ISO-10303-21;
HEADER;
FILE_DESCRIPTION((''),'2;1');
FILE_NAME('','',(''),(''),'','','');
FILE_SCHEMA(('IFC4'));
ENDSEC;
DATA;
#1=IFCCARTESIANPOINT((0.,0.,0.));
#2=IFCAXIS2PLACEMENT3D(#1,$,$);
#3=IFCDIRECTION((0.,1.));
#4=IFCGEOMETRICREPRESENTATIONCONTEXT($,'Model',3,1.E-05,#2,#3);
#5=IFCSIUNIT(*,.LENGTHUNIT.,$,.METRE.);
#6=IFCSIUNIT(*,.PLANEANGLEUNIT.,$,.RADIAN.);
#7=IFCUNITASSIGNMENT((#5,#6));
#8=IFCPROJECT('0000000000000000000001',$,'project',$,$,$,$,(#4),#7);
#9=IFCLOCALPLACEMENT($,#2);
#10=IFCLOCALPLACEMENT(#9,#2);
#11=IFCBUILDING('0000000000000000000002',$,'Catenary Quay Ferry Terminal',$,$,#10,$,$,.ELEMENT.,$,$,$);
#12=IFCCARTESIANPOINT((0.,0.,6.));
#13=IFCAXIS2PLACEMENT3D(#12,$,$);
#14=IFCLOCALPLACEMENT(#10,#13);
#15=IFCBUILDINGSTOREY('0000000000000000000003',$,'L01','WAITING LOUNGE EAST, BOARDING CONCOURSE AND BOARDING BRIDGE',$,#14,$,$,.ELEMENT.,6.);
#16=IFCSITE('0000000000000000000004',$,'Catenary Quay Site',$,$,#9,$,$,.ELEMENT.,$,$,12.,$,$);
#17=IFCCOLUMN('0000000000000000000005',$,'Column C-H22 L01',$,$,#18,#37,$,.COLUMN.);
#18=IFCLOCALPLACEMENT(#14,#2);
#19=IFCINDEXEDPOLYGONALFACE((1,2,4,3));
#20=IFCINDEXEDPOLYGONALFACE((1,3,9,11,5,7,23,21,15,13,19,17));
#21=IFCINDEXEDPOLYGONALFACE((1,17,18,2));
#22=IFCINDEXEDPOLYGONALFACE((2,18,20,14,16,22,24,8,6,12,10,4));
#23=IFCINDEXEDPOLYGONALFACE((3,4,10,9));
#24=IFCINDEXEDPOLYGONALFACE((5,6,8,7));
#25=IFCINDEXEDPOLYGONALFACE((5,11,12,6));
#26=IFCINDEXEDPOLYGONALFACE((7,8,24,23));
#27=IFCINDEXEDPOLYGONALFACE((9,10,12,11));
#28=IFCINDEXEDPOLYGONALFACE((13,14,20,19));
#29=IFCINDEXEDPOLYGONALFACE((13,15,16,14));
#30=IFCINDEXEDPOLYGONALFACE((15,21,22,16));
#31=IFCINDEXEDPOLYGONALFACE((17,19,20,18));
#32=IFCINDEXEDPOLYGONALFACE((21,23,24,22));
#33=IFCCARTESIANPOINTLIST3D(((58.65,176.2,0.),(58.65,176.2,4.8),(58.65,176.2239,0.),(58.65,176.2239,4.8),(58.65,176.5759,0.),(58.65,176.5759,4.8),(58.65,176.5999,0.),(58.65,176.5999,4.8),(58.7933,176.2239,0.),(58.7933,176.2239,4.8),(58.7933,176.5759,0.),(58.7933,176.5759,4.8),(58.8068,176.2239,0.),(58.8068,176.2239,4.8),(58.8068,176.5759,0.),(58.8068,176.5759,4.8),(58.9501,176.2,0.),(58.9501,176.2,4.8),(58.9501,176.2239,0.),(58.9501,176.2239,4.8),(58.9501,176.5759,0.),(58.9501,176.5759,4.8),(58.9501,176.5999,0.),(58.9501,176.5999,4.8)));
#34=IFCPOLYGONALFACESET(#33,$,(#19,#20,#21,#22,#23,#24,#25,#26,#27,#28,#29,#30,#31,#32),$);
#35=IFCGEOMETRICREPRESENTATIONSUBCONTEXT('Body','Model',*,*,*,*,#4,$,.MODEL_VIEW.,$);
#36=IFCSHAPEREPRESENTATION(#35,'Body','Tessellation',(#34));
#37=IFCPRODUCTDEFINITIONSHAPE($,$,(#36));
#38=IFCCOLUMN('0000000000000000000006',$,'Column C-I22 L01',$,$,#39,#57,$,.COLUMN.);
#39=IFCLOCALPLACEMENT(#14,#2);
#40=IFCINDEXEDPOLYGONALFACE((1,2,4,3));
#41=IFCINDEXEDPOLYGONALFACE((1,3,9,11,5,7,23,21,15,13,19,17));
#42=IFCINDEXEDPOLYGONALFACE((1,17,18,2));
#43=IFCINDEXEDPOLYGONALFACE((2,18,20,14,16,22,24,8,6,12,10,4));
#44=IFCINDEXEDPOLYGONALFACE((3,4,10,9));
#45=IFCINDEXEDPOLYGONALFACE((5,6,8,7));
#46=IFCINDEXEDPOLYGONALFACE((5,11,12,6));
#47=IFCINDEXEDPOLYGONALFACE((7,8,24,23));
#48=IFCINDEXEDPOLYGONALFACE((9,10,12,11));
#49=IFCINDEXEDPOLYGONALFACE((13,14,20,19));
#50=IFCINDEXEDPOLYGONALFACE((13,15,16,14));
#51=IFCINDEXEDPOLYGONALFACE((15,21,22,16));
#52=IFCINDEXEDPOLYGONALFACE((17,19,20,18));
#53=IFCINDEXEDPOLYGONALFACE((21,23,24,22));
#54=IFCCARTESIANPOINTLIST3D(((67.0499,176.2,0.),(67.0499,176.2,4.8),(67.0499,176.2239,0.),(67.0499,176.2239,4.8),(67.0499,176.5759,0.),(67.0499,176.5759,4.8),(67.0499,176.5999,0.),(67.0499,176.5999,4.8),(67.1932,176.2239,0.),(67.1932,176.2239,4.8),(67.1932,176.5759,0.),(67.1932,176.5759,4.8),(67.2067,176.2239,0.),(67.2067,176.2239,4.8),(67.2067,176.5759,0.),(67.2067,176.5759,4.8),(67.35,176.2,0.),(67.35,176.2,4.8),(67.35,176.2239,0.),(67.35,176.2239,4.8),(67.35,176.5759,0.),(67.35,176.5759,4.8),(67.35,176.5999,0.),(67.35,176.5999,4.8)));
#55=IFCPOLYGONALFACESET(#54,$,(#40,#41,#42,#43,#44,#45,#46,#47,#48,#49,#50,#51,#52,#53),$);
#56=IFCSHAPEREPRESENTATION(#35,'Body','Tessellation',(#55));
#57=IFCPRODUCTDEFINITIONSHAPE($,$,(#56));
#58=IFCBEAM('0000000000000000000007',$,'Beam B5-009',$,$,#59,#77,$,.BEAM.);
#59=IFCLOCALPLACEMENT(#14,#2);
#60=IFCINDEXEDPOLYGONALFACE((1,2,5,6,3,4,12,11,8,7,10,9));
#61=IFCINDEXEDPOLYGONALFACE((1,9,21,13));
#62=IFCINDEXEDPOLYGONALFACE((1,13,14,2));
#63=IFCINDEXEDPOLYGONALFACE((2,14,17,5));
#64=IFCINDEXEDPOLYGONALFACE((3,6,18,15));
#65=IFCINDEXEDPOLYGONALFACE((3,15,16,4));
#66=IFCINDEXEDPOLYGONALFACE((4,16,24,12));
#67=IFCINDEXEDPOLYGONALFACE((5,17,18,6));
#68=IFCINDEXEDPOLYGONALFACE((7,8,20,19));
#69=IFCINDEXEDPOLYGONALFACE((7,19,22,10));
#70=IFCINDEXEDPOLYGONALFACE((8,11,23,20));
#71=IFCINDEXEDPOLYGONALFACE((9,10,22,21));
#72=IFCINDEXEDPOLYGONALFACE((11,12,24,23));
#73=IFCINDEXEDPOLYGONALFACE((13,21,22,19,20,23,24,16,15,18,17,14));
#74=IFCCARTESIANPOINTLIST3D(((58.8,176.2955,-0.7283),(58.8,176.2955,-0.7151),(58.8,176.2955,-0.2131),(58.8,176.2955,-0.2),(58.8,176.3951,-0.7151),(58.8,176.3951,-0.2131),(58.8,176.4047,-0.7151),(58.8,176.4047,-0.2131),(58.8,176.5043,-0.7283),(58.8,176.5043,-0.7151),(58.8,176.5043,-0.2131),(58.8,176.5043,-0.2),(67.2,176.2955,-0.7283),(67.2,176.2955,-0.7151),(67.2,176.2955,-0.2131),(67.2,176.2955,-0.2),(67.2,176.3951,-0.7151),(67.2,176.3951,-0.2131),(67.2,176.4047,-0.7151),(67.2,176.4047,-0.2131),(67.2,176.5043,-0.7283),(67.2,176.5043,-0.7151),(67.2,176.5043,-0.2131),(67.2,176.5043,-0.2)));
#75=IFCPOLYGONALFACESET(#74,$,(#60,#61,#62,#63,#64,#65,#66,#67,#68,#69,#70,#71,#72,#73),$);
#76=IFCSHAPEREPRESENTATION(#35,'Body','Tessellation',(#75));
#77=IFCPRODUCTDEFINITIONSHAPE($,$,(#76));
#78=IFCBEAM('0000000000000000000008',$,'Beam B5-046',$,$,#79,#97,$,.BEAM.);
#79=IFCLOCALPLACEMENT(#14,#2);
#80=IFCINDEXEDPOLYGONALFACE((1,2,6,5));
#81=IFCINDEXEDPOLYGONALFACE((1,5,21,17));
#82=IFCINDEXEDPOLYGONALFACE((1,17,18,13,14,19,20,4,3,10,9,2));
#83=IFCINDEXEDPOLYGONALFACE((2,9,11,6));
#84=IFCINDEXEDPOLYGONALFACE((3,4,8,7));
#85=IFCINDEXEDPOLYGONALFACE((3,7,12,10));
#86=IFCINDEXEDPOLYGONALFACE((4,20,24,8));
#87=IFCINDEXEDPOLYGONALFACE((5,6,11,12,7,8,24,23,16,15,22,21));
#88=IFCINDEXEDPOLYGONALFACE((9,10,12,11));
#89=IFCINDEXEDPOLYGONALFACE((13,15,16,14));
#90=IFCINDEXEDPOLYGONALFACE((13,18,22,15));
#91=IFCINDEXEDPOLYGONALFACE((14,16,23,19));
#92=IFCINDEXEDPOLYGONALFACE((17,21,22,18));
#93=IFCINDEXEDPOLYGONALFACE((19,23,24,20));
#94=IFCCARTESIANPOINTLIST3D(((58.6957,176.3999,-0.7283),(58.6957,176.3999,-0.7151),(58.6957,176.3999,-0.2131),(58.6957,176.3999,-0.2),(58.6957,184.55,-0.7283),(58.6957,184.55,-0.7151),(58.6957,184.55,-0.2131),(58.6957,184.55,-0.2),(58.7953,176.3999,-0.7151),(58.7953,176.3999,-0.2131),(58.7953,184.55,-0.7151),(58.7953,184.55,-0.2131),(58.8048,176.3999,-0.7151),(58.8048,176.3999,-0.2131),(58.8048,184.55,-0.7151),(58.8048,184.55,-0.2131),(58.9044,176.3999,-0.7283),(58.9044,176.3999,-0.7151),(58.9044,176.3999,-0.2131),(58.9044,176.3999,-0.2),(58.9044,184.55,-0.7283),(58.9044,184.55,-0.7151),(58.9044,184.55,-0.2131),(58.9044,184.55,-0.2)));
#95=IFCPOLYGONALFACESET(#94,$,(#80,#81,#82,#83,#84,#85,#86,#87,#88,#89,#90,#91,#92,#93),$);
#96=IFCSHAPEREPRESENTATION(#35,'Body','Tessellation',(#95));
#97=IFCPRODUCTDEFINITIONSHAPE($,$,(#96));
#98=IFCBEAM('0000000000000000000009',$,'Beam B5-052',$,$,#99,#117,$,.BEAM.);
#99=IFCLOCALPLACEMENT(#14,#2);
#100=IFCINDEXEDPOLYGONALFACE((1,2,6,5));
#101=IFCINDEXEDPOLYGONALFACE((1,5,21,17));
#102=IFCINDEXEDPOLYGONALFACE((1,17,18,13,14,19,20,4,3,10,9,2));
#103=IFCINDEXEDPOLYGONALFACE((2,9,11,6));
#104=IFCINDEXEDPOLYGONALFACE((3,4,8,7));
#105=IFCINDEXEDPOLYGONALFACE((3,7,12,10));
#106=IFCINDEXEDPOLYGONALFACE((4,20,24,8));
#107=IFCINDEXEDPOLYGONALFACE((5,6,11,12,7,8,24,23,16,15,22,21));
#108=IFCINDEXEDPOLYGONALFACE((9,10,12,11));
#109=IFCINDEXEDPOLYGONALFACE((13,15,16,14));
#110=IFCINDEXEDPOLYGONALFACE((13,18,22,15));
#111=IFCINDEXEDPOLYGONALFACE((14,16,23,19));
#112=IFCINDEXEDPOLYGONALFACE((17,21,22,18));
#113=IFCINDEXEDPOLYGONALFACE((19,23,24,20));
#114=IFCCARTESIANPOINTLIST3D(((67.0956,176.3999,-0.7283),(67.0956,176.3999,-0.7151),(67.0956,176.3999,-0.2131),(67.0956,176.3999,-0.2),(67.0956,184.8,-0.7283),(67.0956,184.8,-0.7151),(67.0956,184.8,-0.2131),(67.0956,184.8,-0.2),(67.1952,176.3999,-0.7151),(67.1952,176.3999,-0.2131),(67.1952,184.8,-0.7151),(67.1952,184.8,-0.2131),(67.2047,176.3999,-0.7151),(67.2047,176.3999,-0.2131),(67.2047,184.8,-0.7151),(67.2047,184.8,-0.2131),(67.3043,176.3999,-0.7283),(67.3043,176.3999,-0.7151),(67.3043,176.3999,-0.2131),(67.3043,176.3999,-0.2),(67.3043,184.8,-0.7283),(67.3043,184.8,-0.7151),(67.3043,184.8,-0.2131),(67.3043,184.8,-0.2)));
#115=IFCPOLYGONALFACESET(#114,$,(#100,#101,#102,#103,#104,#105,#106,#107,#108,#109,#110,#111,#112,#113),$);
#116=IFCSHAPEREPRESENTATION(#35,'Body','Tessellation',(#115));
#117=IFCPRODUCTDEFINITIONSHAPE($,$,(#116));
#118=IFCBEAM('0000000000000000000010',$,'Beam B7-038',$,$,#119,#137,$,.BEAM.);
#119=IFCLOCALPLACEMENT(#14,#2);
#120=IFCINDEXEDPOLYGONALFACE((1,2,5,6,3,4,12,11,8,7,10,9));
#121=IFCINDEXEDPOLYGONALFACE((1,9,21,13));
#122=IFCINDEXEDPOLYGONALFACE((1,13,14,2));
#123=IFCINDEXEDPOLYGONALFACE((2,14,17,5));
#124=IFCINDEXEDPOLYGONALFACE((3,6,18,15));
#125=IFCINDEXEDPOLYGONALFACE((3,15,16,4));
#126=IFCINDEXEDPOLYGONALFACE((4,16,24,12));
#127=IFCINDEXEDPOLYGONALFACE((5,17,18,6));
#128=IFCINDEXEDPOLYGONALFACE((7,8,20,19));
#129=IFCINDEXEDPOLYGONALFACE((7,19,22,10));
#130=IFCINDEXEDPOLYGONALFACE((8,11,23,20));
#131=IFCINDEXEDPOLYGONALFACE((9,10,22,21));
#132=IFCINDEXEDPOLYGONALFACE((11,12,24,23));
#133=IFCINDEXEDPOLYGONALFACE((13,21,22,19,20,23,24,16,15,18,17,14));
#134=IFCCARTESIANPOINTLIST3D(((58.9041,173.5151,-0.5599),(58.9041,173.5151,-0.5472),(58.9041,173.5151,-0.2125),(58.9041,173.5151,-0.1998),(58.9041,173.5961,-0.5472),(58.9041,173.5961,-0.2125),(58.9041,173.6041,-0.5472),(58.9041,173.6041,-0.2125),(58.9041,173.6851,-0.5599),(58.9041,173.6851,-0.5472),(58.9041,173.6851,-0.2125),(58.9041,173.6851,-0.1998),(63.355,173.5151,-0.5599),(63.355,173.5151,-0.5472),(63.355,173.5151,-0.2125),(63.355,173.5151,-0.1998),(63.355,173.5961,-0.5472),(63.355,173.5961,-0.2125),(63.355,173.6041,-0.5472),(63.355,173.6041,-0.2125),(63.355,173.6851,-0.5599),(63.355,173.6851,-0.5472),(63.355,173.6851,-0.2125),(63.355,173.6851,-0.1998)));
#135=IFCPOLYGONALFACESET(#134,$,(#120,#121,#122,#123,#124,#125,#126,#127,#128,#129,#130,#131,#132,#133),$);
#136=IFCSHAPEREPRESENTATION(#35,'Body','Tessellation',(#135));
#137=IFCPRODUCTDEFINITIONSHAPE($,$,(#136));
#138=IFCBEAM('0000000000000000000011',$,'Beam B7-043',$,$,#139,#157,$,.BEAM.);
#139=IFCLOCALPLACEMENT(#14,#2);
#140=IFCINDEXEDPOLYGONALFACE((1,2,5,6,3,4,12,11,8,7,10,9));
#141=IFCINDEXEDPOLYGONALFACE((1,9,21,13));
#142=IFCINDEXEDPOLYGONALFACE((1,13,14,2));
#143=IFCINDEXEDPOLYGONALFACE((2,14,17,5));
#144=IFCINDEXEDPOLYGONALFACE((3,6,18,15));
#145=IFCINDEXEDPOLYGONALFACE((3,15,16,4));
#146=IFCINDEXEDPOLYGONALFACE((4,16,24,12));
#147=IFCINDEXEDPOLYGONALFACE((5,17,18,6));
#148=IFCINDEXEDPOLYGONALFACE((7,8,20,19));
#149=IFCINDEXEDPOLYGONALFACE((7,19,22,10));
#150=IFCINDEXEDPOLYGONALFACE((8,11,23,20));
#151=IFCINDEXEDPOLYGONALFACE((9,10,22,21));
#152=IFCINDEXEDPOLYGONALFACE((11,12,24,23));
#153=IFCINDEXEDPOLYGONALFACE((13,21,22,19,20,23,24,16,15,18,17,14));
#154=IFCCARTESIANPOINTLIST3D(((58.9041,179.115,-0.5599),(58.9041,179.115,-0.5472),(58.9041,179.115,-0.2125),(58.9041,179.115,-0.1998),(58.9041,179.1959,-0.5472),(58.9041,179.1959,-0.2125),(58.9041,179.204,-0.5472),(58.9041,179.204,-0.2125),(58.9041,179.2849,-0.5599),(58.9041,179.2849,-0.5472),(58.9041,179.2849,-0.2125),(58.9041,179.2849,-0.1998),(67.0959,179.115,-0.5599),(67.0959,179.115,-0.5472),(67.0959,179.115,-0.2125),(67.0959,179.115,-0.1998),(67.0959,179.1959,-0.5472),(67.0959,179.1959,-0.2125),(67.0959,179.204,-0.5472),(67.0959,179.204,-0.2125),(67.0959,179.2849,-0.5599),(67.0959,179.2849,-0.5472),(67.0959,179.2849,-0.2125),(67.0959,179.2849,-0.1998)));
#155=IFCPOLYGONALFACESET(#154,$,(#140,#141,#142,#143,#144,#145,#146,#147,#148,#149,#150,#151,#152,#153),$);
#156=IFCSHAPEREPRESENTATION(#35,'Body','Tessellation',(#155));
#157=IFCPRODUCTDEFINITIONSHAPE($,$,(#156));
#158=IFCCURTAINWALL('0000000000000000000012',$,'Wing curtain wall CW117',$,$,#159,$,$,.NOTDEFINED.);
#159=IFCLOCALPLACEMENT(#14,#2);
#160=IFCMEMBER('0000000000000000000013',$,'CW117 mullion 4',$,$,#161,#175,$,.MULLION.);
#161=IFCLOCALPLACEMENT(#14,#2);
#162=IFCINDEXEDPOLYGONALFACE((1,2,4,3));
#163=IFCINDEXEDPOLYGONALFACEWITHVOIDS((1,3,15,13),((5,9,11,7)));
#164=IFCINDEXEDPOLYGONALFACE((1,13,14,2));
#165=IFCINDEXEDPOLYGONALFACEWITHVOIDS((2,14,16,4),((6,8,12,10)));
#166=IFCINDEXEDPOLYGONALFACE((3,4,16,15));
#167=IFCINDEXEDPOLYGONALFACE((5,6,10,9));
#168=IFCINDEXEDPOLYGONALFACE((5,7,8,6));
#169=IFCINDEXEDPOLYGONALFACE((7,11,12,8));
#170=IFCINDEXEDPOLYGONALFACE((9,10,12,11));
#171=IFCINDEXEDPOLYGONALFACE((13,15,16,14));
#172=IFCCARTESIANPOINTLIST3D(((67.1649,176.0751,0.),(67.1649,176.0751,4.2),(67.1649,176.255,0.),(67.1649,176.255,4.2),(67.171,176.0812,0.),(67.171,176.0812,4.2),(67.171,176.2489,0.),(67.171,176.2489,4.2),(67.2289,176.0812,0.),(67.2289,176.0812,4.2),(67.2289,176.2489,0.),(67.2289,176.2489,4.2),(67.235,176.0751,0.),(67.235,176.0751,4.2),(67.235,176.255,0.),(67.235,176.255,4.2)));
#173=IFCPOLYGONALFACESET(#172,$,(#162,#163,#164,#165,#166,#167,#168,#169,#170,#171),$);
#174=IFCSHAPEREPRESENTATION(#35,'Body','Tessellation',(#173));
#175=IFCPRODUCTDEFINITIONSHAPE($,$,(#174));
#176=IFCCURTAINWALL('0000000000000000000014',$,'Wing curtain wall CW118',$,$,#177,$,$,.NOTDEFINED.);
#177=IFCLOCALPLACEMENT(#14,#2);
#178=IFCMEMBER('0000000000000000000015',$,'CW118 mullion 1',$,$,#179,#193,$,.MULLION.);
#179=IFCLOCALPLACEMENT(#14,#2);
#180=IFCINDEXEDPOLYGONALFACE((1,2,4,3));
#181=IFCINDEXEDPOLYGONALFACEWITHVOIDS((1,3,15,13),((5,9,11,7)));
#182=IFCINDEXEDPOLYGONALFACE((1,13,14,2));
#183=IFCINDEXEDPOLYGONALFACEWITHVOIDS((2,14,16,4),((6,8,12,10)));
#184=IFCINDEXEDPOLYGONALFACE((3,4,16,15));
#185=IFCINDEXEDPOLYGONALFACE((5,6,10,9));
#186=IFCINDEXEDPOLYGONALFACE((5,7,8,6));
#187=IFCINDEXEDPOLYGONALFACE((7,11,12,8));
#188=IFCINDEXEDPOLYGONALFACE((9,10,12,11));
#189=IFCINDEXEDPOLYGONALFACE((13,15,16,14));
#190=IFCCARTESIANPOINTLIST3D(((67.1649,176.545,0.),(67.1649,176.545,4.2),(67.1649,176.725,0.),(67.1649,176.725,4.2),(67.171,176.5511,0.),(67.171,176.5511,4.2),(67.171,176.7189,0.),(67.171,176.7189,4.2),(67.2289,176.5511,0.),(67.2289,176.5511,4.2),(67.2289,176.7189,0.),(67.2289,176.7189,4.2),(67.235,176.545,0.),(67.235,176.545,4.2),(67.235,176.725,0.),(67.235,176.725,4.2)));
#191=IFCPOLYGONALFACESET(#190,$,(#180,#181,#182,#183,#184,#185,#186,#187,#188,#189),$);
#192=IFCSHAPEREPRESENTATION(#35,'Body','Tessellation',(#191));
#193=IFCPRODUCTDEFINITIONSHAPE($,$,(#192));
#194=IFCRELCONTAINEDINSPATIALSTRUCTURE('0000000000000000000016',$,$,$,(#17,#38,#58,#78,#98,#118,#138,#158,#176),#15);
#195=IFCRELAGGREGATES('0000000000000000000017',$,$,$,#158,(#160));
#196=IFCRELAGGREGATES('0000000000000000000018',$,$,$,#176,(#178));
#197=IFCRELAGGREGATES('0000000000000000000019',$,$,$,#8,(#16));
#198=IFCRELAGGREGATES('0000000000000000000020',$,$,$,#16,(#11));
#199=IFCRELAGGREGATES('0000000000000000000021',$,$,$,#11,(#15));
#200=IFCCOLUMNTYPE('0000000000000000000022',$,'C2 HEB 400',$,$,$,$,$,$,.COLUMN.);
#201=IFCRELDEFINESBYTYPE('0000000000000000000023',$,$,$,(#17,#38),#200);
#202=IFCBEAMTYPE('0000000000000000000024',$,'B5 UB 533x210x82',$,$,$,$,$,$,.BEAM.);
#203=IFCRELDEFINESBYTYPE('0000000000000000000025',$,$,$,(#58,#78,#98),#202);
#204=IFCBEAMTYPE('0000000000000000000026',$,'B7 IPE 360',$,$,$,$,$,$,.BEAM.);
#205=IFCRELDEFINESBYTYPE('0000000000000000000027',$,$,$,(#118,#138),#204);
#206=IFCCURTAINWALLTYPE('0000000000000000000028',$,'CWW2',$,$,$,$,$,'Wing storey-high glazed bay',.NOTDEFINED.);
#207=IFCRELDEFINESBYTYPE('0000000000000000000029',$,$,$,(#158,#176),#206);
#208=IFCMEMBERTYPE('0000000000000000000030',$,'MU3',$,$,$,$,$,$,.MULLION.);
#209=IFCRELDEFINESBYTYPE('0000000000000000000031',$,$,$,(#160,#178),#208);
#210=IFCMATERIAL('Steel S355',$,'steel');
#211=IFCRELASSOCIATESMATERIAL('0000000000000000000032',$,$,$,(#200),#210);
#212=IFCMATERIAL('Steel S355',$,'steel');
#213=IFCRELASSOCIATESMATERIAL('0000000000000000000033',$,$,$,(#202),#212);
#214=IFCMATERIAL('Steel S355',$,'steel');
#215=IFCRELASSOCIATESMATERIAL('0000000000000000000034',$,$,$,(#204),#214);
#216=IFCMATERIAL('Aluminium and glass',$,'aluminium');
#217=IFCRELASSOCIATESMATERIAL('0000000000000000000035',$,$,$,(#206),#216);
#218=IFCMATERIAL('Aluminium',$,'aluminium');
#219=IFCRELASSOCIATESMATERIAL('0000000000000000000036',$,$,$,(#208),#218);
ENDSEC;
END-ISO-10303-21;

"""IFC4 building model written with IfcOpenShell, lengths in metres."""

from ifc_helpers import new_model, si_unit, direction, frame, origin, origin_2d, place, context, subcontext, project, spatial, hollow_rectangle, i_section, extrude, material, material_profile, profile_set, type_object, element, aggregate, save


model = new_model("IFC4")

# Units and contexts
model_context = context("Model", 3, precision=1e-05, world=origin(), true_north=direction((0.0, 1.0)))
body_context = subcontext(model_context, "Body", "Model", "MODEL_VIEW")
ifc_project = project(units=[si_unit("LENGTHUNIT", "METRE"), si_unit("PLANEANGLEUNIT", "RADIAN")], contexts=[model_context])

# Site, building, storey
site_placement = place(None, origin())
site = spatial("IfcSite", under=ifc_project, at=site_placement, Name="Catenary Quay Site", CompositionType="ELEMENT", RefElevation=12.0)
building_placement = place(site_placement, origin())
building = spatial("IfcBuilding", under=site, at=building_placement, Name="Catenary Quay Ferry Terminal", CompositionType="ELEMENT")
storey_placement = place(building_placement, frame((0.0, 0.0, 6.0)))
storey = spatial("IfcBuildingStorey", under=building, at=storey_placement, Name="L01", Description="WAITING LOUNGE EAST, BOARDING CONCOURSE AND BOARDING BRIDGE", CompositionType="ELEMENT", Elevation=6.0)

# Columns
ifc_material_1 = material(Name="Steel S355", Category="steel")
ifc_material_profile_1 = material_profile(ifc_material_1, i_section(OverallWidth=0.3, OverallDepth=0.3999, WebThickness=0.0134, FlangeThickness=0.0239, at=origin_2d()), Name="HEB 400")
ifc_profile_set_1 = profile_set([ifc_material_profile_1], Name="Steel S355")
column_type = type_object("IfcColumnType", Name="C2 HEB 400", PredefinedType="COLUMN", material=ifc_profile_set_1)
for number, where, z_axis, x_axis, name in (
    (1, (58.8, 176.3999, 0.0), (0.0, 0.0, 1.0), (1.0, 0.0, 0.0), "Column C-H22 L01"),
    (2, (67.2, 176.3999, 0.0), (0.0, 0.0, 1.0), (1.0, 0.0, 0.0), "Column C-I22 L01"),
):
    element("IfcColumn", number, at=place(storey_placement, frame(where, z_axis=z_axis, x_axis=x_axis)), inside=storey, type_object=column_type, Name=name, PredefinedType="COLUMN", context=body_context, shape_type="SweptSolid", body=[
        extrude(i_section(OverallWidth=0.3, OverallDepth=0.3999, WebThickness=0.0134, FlangeThickness=0.0239, at=origin_2d()), origin(), (0.0, 0.0, 1.0), 4.8),
    ])

# Beams
ifc_material_2 = material(Name="Steel S355", Category="steel")
ifc_material_profile_2 = material_profile(ifc_material_2, i_section(OverallWidth=0.2087, OverallDepth=0.5283, WebThickness=0.0095, FlangeThickness=0.0132, at=origin_2d()), Name="UB 533x210x82")
ifc_profile_set_2 = profile_set([ifc_material_profile_2], Name="Steel S355")
beam_type_1 = type_object("IfcBeamType", Name="B5 UB 533x210x82", PredefinedType="BEAM", material=ifc_profile_set_2)
beam_1_placement = place(storey_placement, frame((58.8, 176.3999, -0.4641), z_axis=(1.0, 0.0, 0.0), x_axis=(0.0, 1.0, 0.0)))
element("IfcBeam", 3, at=beam_1_placement, inside=storey, type_object=beam_type_1, Name="Beam B5-009", PredefinedType="BEAM", context=body_context, shape_type="SweptSolid", body=[
    extrude(i_section(OverallWidth=0.2087, OverallDepth=0.5283, WebThickness=0.0095, FlangeThickness=0.0132, at=origin_2d()), origin(), (0.0, 0.0, 1.0), 8.3999),
])
beam_2_placement = place(storey_placement, frame((58.8, 176.3999, -0.4641), z_axis=(0.0, 1.0, 0.0), x_axis=(-1.0, 0.0, 0.0)))
element("IfcBeam", 4, at=beam_2_placement, inside=storey, type_object=beam_type_1, Name="Beam B5-046", PredefinedType="BEAM", context=body_context, shape_type="SweptSolid", body=[
    extrude(i_section(OverallWidth=0.2087, OverallDepth=0.5283, WebThickness=0.0095, FlangeThickness=0.0132, at=origin_2d()), origin(), (0.0, 0.0, 1.0), 8.1501),
])
beam_3_placement = place(storey_placement, frame((67.2, 176.3999, -0.4641), z_axis=(0.0, 1.0, 0.0), x_axis=(-1.0, 0.0, 0.0)))
element("IfcBeam", 5, at=beam_3_placement, inside=storey, type_object=beam_type_1, Name="Beam B5-052", PredefinedType="BEAM", context=body_context, shape_type="SweptSolid", body=[
    extrude(i_section(OverallWidth=0.2087, OverallDepth=0.5283, WebThickness=0.0095, FlangeThickness=0.0132, at=origin_2d()), origin(), (0.0, 0.0, 1.0), 8.4001),
])
ifc_material_3 = material(Name="Steel S355", Category="steel")
ifc_material_profile_3 = material_profile(ifc_material_3, i_section(OverallWidth=0.1699, OverallDepth=0.3601, WebThickness=0.0081, FlangeThickness=0.0127, at=origin_2d()), Name="IPE 360")
ifc_profile_set_3 = profile_set([ifc_material_profile_3], Name="Steel S355")
beam_type_2 = type_object("IfcBeamType", Name="B7 IPE 360", PredefinedType="BEAM", material=ifc_profile_set_3)
beam_4_placement = place(storey_placement, frame((58.9041, 173.6001, -0.3799), z_axis=(1.0, 0.0, 0.0), x_axis=(0.0, 1.0, 0.0)))
element("IfcBeam", 6, at=beam_4_placement, inside=storey, type_object=beam_type_2, Name="Beam B7-038", PredefinedType="BEAM", context=body_context, shape_type="SweptSolid", body=[
    extrude(i_section(OverallWidth=0.1699, OverallDepth=0.3601, WebThickness=0.0081, FlangeThickness=0.0127, at=origin_2d()), origin(), (0.0, 0.0, 1.0), 4.4509),
])
beam_5_placement = place(storey_placement, frame((58.9041, 179.2, -0.3799), z_axis=(1.0, 0.0, 0.0), x_axis=(0.0, 1.0, 0.0)))
element("IfcBeam", 7, at=beam_5_placement, inside=storey, type_object=beam_type_2, Name="Beam B7-043", PredefinedType="BEAM", context=body_context, shape_type="SweptSolid", body=[
    extrude(i_section(OverallWidth=0.1699, OverallDepth=0.3601, WebThickness=0.0081, FlangeThickness=0.0127, at=origin_2d()), origin(), (0.0, 0.0, 1.0), 8.1919),
])

# Curtain wall, member
ifc_material_4 = material(Name="Aluminium and glass", Category="aluminium")
curtain_wall_type = type_object("IfcCurtainWallType", Name="CWW2", ElementType="Wing storey-high glazed bay", PredefinedType="NOTDEFINED", material=ifc_material_4)
curtain_wall_1_placement = place(storey_placement, origin())
curtain_wall_1 = element("IfcCurtainWall", 8, at=curtain_wall_1_placement, inside=storey, type_object=curtain_wall_type, Name="Wing curtain wall CW117", PredefinedType="NOTDEFINED")
ifc_material_5 = material(Name="Aluminium", Category="aluminium")
ifc_material_profile_4 = material_profile(ifc_material_5, hollow_rectangle(XDim=0.0701, YDim=0.1799, WallThickness=0.0061, at=origin_2d()), Name="MU3")
ifc_profile_set_4 = profile_set([ifc_material_profile_4], Name="Aluminium")
member_type_1 = type_object("IfcMemberType", Name="MU3", PredefinedType="MULLION", material=ifc_profile_set_4)
member_1_placement = place(storey_placement, frame((67.2, 176.165, 0.0), z_axis=(0.0, 0.0, 1.0), x_axis=(-1.0, 0.0, 0.0)))
member_1 = element("IfcMember", 9, at=member_1_placement, type_object=member_type_1, Name="CW117 mullion 4", PredefinedType="MULLION", context=body_context, shape_type="SweptSolid", body=[
    extrude(hollow_rectangle(XDim=0.0701, YDim=0.1799, WallThickness=0.0061, at=origin_2d()), origin(), (0.0, 0.0, 1.0), 4.2),
])

# Curtain wall, member
curtain_wall_2_placement = place(storey_placement, origin())
curtain_wall_2 = element("IfcCurtainWall", 10, at=curtain_wall_2_placement, inside=storey, type_object=curtain_wall_type, Name="Wing curtain wall CW118", PredefinedType="NOTDEFINED")
member_2_placement = place(storey_placement, frame((67.2, 176.635, 0.0), z_axis=(0.0, 0.0, 1.0), x_axis=(-1.0, 0.0, 0.0)))
member_2 = element("IfcMember", 11, at=member_2_placement, type_object=member_type_1, Name="CW118 mullion 1", PredefinedType="MULLION", context=body_context, shape_type="SweptSolid", body=[
    extrude(hollow_rectangle(XDim=0.0701, YDim=0.1799, WallThickness=0.0061, at=origin_2d()), origin(), (0.0, 0.0, 1.0), 4.2),
])

aggregate(curtain_wall_1, [member_1])
aggregate(curtain_wall_2, [member_2])

save(model, "model.ifc")
